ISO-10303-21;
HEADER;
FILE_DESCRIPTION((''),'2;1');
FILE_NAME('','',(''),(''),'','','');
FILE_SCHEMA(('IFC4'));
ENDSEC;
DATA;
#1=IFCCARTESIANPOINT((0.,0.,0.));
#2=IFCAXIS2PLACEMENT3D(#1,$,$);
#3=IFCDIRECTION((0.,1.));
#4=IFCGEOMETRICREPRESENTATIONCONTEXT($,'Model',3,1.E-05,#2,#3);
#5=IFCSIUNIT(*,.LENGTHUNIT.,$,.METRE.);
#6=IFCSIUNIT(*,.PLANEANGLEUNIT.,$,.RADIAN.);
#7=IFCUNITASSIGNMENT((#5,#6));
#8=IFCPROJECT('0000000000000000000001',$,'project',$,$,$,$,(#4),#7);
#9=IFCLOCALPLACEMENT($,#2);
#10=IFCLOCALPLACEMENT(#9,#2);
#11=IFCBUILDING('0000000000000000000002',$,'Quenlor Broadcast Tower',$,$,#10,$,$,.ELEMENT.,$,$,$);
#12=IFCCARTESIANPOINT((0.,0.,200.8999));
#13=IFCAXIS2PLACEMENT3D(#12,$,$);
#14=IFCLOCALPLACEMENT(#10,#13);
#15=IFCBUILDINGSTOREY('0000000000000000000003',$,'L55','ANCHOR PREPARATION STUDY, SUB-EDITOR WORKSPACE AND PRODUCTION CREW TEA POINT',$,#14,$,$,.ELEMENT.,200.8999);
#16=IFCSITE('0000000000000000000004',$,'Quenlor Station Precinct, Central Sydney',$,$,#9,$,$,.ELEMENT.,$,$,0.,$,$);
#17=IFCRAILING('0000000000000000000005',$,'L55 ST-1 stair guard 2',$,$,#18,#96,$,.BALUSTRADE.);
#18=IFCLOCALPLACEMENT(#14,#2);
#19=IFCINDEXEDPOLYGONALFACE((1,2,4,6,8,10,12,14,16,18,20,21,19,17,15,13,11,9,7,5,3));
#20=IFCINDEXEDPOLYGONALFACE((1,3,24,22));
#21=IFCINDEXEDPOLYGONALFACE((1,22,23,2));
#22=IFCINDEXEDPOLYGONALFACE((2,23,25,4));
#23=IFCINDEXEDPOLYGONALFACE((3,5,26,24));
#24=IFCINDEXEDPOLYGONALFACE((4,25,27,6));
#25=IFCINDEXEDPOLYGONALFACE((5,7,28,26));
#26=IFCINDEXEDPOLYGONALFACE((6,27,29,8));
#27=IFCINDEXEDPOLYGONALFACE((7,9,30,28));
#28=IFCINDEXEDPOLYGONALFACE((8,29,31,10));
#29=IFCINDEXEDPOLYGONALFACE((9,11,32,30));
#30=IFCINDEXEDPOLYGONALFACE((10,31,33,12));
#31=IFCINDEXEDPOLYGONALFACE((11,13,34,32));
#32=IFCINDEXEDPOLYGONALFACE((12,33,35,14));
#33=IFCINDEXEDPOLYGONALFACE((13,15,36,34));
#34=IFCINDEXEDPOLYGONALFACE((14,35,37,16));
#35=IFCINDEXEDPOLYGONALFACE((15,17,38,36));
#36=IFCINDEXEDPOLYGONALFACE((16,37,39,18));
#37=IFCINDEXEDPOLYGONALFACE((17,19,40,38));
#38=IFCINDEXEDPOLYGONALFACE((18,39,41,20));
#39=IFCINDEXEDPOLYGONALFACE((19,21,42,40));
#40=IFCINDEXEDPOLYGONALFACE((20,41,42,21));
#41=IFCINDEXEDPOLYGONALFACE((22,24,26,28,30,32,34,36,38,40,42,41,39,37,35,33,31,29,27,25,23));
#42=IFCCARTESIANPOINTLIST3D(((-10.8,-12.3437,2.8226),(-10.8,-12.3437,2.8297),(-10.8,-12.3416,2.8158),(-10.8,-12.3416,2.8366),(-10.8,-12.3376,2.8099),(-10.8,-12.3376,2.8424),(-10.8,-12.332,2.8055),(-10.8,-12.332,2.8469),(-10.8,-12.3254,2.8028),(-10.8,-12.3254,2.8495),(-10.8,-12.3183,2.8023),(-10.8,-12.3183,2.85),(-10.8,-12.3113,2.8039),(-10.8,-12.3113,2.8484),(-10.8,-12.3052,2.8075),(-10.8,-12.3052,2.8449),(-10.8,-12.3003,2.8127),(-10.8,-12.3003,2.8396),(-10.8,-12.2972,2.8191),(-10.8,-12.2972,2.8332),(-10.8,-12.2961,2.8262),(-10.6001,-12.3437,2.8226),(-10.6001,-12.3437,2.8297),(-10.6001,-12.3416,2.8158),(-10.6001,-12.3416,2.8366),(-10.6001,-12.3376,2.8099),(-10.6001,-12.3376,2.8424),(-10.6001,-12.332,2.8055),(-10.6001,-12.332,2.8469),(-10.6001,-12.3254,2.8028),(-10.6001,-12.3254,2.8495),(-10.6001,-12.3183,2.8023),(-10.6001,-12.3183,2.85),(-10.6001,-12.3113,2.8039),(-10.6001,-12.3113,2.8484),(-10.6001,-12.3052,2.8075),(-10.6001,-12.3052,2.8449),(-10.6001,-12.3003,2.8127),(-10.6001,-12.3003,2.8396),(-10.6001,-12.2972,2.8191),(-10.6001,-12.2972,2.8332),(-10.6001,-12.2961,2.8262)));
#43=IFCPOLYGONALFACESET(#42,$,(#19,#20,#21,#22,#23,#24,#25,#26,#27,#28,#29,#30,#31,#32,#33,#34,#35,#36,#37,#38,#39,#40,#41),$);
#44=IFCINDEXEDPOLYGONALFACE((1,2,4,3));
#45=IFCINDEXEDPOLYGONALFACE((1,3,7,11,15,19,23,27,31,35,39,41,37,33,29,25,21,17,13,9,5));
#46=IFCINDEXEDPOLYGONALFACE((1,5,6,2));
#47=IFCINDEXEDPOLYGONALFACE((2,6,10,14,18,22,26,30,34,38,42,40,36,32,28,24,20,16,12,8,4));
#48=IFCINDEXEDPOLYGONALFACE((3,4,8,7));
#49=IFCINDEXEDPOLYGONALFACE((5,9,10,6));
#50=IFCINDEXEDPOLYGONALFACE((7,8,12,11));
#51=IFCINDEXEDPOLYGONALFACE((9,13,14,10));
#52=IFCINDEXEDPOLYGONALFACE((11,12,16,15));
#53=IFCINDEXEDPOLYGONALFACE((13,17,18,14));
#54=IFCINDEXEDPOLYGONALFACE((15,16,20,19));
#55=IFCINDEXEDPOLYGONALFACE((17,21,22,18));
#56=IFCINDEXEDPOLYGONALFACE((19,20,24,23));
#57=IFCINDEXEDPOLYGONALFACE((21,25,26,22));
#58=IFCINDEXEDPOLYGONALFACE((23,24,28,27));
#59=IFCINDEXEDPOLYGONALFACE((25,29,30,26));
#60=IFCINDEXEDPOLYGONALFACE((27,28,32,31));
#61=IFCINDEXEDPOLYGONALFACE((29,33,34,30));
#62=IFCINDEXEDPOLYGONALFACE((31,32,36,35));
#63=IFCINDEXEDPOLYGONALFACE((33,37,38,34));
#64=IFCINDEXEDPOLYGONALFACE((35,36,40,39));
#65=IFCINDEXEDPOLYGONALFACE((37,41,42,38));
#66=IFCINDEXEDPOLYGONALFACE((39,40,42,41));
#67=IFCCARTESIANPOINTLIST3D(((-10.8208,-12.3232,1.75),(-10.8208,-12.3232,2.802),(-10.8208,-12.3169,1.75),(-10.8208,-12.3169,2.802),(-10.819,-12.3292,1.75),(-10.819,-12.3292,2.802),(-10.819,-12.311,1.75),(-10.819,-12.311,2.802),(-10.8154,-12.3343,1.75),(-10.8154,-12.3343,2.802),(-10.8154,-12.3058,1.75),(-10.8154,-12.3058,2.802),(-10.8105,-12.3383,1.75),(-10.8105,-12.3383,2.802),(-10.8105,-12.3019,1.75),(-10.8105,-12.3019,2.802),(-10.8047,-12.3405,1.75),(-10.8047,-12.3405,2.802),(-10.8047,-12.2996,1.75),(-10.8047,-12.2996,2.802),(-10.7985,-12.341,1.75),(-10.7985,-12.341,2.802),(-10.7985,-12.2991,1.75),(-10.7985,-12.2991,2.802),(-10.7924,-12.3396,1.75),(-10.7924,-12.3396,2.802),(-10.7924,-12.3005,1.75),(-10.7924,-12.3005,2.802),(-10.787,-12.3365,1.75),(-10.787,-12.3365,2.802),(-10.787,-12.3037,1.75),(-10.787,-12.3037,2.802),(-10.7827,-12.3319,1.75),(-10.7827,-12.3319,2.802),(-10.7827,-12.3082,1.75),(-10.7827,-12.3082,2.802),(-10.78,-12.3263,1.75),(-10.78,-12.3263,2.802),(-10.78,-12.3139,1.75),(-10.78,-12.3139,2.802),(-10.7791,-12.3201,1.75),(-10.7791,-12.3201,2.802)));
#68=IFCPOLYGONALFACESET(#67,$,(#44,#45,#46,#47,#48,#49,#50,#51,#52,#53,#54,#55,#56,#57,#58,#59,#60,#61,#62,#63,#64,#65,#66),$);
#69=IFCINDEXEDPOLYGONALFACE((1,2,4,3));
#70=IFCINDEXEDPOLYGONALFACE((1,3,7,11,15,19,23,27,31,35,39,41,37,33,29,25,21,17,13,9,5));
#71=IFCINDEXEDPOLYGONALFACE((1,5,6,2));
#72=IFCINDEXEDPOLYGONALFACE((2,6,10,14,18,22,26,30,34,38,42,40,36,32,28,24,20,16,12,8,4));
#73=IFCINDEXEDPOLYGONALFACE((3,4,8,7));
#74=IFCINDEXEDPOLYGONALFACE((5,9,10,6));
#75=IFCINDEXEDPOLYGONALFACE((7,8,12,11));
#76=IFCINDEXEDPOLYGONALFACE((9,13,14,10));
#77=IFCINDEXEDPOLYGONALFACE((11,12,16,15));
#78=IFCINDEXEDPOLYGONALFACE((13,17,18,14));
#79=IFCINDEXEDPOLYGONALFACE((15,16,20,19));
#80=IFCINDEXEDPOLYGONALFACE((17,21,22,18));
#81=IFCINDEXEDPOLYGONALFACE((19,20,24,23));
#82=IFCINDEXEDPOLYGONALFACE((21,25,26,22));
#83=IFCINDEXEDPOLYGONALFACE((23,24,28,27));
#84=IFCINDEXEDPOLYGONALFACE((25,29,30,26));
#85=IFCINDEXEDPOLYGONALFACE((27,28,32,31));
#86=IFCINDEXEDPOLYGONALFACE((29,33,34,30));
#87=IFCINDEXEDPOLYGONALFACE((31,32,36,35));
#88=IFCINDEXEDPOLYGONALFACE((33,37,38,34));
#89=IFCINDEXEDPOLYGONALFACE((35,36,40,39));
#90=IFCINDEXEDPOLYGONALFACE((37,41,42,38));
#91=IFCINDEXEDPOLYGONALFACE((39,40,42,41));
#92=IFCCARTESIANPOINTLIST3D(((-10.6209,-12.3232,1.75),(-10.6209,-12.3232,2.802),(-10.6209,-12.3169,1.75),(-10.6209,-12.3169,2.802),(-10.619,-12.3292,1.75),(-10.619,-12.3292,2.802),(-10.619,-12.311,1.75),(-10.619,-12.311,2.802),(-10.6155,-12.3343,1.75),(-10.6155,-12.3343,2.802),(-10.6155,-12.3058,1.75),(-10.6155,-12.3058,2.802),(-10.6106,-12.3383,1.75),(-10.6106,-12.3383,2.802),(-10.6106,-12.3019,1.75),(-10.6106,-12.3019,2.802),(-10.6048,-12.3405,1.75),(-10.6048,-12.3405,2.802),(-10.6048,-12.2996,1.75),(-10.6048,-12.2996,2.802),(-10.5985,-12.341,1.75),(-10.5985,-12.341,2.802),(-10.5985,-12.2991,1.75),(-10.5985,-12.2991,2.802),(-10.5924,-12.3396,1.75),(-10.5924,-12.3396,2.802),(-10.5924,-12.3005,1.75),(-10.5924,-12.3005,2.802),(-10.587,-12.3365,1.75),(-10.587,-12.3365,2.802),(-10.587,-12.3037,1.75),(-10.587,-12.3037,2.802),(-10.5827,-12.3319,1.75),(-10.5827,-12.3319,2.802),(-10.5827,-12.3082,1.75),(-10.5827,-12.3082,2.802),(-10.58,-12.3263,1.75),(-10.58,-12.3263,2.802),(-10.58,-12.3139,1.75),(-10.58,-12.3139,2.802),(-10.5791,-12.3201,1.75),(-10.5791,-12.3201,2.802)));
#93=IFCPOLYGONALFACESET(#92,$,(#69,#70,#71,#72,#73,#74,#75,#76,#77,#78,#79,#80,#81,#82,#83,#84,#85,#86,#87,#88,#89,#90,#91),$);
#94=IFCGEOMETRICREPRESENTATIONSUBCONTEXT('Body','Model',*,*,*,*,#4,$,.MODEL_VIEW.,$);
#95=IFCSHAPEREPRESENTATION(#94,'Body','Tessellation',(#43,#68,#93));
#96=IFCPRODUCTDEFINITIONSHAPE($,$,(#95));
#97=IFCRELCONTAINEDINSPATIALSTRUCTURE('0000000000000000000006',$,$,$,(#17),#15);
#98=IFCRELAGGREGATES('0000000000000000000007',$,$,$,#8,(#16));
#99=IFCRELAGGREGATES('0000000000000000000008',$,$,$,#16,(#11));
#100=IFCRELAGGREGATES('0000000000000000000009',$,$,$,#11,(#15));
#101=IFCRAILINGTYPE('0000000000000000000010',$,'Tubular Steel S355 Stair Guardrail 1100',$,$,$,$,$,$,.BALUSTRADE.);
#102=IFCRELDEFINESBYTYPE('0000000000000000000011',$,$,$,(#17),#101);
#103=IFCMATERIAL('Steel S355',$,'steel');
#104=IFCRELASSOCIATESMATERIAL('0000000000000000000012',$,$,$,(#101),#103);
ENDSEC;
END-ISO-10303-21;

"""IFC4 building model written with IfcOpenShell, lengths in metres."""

from ifc_helpers import new_model, si_unit, direction, frame, origin, origin_2d, place, context, subcontext, project, spatial, circle, extrude, material, type_object, element, save


model = new_model("IFC4")

# Units and contexts
model_context = context("Model", 3, precision=1e-05, world=origin(), true_north=direction((0.0, 1.0)))
body_context = subcontext(model_context, "Body", "Model", "MODEL_VIEW")
ifc_project = project(units=[si_unit("LENGTHUNIT", "METRE"), si_unit("PLANEANGLEUNIT", "RADIAN")], contexts=[model_context])

# Site, building, storey
site_placement = place(None, origin())
site = spatial("IfcSite", under=ifc_project, at=site_placement, Name="Quenlor Station Precinct, Central Sydney", CompositionType="ELEMENT", RefElevation=0.0)
building_placement = place(site_placement, origin())
building = spatial("IfcBuilding", under=site, at=building_placement, Name="Quenlor Broadcast Tower", CompositionType="ELEMENT")
storey_placement = place(building_placement, frame((0.0, 0.0, 200.8999)))
storey = spatial("IfcBuildingStorey", under=building, at=storey_placement, Name="L55", Description="ANCHOR PREPARATION STUDY, SUB-EDITOR WORKSPACE AND PRODUCTION CREW TEA POINT", CompositionType="ELEMENT", Elevation=200.8999)

# Railing
ifc_material_1 = material(Name="Steel S355", Category="steel")
railing_type_1 = type_object("IfcRailingType", Name="Tubular Steel S355 Stair Guardrail 1100", PredefinedType="BALUSTRADE", material=ifc_material_1)
railing_1_placement = place(storey_placement, frame((-10.8, -12.3201, 1.75)))
element("IfcRailing", 1, at=railing_1_placement, inside=storey, type_object=railing_type_1, Name="L55 ST-1 stair guard 2", PredefinedType="BALUSTRADE", context=body_context, shape_type="SweptSolid", body=[
    extrude(circle(Radius=0.0239, at=origin_2d()), frame((0.0, 0.0, 1.0762), z_axis=(1.0, 0.0, 0.0), x_axis=(0.0, 1.0, 0.0)), (0.0, 0.0, 1.0), 0.2),
    extrude(circle(Radius=0.021, at=origin_2d()), origin(), (0.0, 0.0, 1.0), 1.052),
    extrude(circle(Radius=0.021, at=origin_2d()), frame((0.2, 0.0, 0.0)), (0.0, 0.0, 1.0), 1.052),
])

save(model, "model.ifc")
